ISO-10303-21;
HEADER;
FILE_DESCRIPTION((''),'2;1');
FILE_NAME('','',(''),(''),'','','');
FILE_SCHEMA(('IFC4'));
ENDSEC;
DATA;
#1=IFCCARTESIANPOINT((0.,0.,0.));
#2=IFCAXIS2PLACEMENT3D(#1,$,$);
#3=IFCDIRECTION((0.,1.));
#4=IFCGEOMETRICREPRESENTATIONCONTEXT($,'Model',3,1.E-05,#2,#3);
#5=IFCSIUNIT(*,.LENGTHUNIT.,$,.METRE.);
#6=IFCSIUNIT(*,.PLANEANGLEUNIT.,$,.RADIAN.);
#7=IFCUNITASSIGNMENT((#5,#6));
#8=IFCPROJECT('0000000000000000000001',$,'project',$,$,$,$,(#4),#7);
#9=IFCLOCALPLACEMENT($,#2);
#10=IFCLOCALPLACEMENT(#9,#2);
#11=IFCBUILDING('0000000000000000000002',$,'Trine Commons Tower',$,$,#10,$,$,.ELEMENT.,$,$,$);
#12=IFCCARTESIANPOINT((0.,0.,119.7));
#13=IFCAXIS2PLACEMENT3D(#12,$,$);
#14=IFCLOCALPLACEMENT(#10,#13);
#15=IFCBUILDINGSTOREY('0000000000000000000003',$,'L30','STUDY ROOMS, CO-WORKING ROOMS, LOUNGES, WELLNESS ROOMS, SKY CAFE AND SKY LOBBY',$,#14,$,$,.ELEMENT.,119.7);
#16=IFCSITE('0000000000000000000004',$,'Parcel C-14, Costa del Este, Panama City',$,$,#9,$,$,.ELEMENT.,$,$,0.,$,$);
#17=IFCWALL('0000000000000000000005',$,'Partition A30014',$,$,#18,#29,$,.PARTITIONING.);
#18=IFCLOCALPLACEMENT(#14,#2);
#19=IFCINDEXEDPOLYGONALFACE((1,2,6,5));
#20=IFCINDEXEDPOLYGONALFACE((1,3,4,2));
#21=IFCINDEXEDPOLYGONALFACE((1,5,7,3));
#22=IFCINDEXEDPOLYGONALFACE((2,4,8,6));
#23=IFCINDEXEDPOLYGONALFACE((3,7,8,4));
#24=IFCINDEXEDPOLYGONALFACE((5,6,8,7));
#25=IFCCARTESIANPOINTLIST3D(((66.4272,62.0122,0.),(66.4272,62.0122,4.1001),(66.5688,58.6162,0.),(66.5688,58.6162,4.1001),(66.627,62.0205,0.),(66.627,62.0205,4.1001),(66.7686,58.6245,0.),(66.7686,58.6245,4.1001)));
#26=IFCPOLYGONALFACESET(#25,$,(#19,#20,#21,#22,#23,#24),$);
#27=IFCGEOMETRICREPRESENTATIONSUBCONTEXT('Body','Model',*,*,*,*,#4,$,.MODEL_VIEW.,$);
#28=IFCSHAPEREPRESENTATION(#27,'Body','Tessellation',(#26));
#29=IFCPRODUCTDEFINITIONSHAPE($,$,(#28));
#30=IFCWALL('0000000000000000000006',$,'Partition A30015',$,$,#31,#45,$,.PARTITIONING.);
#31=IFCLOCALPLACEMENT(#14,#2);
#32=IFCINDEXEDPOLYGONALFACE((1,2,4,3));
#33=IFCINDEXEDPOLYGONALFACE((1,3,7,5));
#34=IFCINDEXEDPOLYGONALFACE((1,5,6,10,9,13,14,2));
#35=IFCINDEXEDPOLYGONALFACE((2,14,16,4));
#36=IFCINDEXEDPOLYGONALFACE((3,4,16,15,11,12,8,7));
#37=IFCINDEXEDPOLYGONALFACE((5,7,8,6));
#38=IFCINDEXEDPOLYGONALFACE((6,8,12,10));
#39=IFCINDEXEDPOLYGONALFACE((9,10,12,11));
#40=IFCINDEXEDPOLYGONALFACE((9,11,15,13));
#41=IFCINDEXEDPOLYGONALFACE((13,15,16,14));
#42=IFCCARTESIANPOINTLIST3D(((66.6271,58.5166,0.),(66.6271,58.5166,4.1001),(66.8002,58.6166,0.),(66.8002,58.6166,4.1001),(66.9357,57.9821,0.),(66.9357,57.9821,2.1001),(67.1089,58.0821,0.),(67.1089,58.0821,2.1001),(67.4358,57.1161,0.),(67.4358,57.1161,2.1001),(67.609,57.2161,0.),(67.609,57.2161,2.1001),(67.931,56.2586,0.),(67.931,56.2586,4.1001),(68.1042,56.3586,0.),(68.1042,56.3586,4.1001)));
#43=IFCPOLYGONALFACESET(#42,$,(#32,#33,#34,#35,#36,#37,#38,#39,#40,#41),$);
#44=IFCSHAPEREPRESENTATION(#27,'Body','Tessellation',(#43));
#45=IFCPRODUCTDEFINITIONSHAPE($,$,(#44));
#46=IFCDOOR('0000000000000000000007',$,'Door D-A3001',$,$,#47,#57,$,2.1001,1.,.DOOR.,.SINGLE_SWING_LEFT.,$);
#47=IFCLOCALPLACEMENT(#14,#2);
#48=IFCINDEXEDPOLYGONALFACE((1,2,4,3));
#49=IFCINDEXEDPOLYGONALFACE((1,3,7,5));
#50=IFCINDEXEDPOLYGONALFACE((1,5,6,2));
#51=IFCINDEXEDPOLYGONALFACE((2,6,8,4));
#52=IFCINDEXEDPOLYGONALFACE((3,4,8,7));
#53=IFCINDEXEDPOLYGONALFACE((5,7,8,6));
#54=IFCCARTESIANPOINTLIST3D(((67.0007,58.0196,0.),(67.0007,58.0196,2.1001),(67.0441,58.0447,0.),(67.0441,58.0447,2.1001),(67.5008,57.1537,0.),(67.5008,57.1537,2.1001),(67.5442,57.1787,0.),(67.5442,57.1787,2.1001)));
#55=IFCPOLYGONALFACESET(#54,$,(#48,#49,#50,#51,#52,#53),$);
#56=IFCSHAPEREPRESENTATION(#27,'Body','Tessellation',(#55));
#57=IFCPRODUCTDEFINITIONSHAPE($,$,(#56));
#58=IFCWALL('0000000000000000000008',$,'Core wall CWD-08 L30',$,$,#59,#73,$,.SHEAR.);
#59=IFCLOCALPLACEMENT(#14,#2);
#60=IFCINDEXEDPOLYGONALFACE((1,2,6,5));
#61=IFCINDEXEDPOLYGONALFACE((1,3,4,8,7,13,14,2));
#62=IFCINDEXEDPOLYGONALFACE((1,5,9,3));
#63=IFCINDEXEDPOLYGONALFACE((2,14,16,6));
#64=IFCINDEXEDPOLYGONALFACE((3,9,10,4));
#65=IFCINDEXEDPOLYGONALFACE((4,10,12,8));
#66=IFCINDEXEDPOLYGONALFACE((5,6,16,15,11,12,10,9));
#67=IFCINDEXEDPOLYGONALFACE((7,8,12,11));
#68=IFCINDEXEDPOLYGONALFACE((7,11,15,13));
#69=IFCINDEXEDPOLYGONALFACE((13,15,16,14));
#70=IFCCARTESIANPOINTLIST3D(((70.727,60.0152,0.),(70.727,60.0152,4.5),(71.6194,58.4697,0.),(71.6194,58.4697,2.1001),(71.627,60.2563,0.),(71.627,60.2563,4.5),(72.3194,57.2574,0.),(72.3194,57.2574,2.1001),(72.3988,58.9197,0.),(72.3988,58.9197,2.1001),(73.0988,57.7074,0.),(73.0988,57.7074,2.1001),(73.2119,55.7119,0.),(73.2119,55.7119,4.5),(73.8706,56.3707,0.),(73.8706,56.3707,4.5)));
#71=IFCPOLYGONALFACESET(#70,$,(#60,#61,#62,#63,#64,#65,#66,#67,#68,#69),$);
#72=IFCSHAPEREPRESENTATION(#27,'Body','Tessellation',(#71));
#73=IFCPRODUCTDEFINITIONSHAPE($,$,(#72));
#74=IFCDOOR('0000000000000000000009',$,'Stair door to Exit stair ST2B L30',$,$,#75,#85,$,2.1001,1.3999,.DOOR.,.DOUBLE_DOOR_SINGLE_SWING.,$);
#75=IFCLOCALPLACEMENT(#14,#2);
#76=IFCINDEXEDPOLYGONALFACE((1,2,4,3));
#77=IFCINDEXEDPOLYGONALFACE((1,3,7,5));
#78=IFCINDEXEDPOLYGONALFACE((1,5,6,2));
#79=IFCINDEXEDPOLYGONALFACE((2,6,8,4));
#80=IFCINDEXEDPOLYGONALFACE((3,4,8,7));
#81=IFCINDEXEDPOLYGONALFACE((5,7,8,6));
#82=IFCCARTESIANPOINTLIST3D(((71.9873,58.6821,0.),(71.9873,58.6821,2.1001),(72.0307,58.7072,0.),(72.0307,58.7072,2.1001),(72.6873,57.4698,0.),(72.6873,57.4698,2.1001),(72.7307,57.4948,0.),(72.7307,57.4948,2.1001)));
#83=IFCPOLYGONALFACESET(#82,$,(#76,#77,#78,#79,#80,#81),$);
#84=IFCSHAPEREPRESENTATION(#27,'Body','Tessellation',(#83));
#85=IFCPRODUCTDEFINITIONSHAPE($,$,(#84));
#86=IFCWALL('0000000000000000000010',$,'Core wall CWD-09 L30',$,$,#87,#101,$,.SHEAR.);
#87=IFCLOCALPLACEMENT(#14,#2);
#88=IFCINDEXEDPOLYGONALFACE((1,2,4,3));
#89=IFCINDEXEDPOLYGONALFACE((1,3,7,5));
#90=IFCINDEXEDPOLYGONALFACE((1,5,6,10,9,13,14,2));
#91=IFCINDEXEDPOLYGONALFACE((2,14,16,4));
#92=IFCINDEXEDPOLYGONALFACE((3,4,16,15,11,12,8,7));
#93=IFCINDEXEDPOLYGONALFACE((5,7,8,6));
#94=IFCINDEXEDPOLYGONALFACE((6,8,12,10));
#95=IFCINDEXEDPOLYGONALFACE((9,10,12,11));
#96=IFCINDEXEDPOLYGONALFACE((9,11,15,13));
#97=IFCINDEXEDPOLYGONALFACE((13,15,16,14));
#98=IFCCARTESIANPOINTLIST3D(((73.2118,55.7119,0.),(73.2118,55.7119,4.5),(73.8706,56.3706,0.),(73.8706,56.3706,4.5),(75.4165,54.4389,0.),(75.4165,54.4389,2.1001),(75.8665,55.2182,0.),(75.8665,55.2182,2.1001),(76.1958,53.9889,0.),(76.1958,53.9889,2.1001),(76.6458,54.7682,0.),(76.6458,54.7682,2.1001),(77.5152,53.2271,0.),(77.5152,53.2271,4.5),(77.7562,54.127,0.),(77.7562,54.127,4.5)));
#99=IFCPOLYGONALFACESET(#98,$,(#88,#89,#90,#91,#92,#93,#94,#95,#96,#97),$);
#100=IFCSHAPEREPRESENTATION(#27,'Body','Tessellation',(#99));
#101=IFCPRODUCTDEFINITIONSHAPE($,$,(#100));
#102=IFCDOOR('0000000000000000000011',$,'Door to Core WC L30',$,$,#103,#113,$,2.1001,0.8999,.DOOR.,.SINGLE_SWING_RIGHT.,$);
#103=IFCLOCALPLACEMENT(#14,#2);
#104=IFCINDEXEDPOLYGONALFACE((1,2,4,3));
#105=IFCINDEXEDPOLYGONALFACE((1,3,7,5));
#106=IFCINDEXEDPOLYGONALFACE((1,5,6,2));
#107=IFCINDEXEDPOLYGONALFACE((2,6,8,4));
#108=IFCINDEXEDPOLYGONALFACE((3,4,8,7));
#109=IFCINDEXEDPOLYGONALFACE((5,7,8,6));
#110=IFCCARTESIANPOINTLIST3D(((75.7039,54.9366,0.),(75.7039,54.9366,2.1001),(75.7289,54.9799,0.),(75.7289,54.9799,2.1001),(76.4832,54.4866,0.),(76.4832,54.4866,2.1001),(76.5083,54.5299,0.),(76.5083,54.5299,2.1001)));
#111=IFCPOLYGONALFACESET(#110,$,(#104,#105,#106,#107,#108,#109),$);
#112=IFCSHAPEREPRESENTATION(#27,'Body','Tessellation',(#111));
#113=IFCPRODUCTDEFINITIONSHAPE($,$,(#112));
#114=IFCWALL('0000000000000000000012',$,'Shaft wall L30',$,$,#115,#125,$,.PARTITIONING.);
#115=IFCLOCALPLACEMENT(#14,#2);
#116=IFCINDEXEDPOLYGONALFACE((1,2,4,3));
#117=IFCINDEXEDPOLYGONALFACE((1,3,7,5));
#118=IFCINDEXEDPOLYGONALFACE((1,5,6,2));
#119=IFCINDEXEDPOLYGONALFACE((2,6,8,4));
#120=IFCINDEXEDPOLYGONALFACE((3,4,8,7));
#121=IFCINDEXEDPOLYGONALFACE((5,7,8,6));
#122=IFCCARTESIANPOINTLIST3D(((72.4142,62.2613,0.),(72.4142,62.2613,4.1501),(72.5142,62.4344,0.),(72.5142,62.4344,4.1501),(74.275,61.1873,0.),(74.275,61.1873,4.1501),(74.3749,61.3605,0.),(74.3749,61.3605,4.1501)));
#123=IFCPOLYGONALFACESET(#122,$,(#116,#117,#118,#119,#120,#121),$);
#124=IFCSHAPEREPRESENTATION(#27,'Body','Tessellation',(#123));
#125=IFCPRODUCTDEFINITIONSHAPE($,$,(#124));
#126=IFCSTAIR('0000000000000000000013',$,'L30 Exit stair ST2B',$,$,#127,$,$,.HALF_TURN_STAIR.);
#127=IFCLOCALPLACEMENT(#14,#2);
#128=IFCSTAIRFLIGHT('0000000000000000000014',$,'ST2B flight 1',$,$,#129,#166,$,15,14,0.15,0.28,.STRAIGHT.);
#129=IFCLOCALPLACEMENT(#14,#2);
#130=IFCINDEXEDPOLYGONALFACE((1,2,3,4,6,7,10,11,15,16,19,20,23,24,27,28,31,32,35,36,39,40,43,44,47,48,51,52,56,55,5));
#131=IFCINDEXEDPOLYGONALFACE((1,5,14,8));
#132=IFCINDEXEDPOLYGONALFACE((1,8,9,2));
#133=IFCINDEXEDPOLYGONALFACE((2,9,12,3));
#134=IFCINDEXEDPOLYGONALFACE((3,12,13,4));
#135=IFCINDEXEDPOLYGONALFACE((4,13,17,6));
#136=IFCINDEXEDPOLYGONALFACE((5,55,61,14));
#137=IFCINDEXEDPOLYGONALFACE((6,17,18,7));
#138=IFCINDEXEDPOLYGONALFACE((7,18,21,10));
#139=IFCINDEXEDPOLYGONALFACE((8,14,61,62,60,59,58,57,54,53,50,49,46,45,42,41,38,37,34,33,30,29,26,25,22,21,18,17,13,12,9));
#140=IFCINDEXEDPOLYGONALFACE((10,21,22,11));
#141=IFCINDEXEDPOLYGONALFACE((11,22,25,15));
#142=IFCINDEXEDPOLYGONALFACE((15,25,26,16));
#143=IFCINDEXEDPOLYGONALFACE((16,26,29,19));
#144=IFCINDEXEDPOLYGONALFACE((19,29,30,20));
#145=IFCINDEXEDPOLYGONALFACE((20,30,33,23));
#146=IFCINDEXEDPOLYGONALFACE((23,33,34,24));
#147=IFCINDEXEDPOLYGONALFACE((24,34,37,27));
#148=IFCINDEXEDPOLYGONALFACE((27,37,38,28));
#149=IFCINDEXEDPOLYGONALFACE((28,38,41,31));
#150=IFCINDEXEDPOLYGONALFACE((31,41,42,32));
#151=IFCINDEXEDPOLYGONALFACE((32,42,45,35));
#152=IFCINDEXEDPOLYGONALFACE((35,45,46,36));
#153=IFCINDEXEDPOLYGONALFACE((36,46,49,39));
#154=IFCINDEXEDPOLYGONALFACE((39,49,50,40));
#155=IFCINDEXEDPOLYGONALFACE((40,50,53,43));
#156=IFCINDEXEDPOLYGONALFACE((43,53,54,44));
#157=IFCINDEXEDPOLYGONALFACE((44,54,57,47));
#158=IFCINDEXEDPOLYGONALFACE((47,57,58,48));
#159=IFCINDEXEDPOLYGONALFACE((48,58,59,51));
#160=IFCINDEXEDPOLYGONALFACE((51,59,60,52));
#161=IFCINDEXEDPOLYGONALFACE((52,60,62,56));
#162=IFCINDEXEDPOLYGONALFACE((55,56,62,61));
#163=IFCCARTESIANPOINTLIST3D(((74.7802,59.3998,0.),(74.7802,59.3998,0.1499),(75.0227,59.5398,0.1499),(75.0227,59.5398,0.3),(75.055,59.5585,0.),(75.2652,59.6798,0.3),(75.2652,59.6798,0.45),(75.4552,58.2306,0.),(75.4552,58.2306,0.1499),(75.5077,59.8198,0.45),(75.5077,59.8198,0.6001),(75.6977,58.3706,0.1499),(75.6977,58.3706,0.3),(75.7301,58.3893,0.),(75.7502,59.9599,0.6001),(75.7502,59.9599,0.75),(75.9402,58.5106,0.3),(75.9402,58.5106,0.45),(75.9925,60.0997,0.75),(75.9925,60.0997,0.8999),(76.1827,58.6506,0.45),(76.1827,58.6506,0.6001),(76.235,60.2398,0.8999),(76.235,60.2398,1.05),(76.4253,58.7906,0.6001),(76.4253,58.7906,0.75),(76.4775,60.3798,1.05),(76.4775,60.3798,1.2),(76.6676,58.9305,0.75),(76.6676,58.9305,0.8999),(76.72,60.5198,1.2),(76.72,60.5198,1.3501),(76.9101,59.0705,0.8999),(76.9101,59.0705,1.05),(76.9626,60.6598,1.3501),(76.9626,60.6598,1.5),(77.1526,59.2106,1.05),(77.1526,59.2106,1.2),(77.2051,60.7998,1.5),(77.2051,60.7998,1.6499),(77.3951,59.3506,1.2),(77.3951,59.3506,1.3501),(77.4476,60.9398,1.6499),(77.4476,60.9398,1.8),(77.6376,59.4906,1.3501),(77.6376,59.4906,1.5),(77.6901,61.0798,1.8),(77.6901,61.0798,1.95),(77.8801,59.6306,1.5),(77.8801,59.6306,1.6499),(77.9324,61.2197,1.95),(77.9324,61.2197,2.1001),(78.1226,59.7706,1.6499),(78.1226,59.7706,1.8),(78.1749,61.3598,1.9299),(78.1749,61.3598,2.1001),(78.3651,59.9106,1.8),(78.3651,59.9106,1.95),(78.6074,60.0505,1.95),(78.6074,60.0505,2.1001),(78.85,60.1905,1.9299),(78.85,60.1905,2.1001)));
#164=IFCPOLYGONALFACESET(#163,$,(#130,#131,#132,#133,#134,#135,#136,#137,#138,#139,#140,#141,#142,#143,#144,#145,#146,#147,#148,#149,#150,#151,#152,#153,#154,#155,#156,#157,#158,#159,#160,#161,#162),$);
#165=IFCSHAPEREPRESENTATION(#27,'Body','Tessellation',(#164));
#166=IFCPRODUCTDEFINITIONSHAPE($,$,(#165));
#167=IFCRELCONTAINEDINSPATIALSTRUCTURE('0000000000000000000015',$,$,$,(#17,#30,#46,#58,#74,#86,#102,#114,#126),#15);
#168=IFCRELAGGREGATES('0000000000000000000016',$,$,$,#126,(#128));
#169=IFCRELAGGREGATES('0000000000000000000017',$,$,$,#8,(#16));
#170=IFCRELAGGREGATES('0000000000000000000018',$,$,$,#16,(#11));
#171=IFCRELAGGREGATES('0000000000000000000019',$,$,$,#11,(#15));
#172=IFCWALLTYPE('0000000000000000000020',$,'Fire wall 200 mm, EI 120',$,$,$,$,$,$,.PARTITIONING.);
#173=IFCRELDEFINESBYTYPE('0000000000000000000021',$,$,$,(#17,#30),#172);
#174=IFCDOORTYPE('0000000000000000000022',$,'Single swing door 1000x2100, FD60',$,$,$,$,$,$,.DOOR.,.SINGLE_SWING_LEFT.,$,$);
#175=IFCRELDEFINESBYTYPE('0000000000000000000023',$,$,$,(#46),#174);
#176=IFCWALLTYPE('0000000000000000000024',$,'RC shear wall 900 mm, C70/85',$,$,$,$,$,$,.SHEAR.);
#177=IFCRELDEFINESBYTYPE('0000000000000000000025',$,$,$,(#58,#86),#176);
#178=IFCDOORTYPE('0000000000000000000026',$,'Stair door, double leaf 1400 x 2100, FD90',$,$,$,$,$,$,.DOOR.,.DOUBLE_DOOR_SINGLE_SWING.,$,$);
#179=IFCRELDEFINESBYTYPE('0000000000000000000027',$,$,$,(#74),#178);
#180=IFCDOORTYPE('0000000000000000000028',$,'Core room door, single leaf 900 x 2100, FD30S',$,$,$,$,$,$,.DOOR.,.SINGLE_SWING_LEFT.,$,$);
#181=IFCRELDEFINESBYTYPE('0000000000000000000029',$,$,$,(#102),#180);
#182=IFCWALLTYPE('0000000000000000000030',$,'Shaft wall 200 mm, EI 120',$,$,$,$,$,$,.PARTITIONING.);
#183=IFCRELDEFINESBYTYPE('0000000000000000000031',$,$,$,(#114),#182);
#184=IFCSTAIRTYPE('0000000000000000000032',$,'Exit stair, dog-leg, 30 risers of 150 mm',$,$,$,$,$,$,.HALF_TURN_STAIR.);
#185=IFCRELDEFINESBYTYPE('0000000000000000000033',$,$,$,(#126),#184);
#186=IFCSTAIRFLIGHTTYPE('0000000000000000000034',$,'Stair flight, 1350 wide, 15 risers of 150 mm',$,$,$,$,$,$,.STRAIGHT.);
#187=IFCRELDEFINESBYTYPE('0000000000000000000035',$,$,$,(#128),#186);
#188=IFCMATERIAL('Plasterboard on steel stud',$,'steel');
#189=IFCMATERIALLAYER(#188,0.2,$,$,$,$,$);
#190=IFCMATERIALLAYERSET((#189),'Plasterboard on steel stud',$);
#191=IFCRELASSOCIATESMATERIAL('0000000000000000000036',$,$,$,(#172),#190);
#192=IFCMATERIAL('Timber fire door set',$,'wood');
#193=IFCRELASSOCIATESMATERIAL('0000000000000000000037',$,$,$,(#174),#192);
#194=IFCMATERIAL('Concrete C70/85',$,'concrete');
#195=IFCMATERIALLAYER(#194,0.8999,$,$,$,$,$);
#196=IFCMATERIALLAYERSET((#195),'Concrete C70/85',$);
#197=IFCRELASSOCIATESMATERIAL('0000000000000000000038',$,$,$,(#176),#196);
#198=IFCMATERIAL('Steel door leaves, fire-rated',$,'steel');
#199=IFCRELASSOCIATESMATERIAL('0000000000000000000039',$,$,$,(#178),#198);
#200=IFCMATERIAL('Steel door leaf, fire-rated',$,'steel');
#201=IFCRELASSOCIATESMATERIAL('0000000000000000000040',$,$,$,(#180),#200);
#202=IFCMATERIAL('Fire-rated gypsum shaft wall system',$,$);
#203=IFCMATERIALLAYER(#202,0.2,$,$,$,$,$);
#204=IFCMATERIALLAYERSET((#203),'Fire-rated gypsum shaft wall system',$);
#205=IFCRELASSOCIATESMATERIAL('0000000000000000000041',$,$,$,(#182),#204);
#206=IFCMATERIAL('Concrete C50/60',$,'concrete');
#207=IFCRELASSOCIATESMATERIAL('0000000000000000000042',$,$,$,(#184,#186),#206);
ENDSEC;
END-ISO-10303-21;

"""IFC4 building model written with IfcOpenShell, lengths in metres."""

from ifc_helpers import new_model, si_unit, direction, frame, frame_2d, origin, place, context, subcontext, project, spatial, polyline, rectangle, outline, extrude, material, layer, layer_set, type_object, element, fill, aggregate, save


model = new_model("IFC4")

# Units and contexts
model_context = context("Model", 3, precision=1e-05, world=origin(), true_north=direction((0.0, 1.0)))
body_context = subcontext(model_context, "Body", "Model", "MODEL_VIEW")
ifc_project = project(units=[si_unit("LENGTHUNIT", "METRE"), si_unit("PLANEANGLEUNIT", "RADIAN")], contexts=[model_context])

# Site, building, storey
site_placement = place(None, origin())
site = spatial("IfcSite", under=ifc_project, at=site_placement, Name="Parcel C-14, Costa del Este, Panama City", CompositionType="ELEMENT", RefElevation=0.0)
building_placement = place(site_placement, origin())
building = spatial("IfcBuilding", under=site, at=building_placement, Name="Trine Commons Tower", CompositionType="ELEMENT")
storey_placement = place(building_placement, frame((0.0, 0.0, 119.7)))
storey = spatial("IfcBuildingStorey", under=building, at=storey_placement, Name="L30", Description="STUDY ROOMS, CO-WORKING ROOMS, LOUNGES, WELLNESS ROOMS, SKY CAFE AND SKY LOBBY", CompositionType="ELEMENT", Elevation=119.7)

# Shared definitions
ifc_material_1 = material(Name="Plasterboard on steel stud", Category="steel")
ifc_material_2 = material(Name="Timber fire door set", Category="wood")

# Wall
ifc_layer_1 = layer(ifc_material_1, 0.2)
ifc_layer_set_1 = layer_set([ifc_layer_1], Name="Plasterboard on steel stud")
wall_type_1 = type_object("IfcWallType", Name="Fire wall 200 mm, EI 120", PredefinedType="PARTITIONING", material=ifc_layer_set_1)
wall_1_placement = place(storey_placement, frame((66.6687, 58.6204, 0.0), z_axis=(0.0, 0.0, 1.0), x_axis=(-0.04166, 0.999132, 0.0)))
element("IfcWall", 1, at=wall_1_placement, inside=storey, type_object=wall_type_1, Name="Partition A30014", PredefinedType="PARTITIONING", context=body_context, shape_type="SweptSolid", body=[
    extrude(rectangle(XDim=3.3989, YDim=0.2, at=frame_2d((1.6995, 0.0))), origin(), (0.0, 0.0, 1.0), 4.1001),
])

# Walls, openings, doors
wall_2_placement = place(storey_placement, frame((68.0176, 56.3086, 0.0), z_axis=(0.0, 0.0, 1.0), x_axis=(-0.500076, 0.865981, 0.0)))
wall_2 = element("IfcWall", 2, at=wall_2_placement, inside=storey, type_object=wall_type_1, Name="Partition A30015", PredefinedType="PARTITIONING", context=body_context, shape_type="SweptSolid", body=[
    extrude(rectangle(XDim=2.6074, YDim=0.2, at=frame_2d((1.3037, 0.0))), origin(), (0.0, 0.0, 1.0), 4.1001),
])
opening_1_placement = place(wall_2_placement, frame((0.9902, 0.0, 0.0)))
opening_1 = element("IfcOpeningElement", 3, at=opening_1_placement, cuts=wall_2, PredefinedType="OPENING", context=body_context, shape_type="SweptSolid", body=[
    extrude(rectangle(XDim=1.0, YDim=2.1001, at=frame_2d((0.5, 1.05))), frame((0.0, 0.1099, 0.0), z_axis=(0.0, -1.0, 0.0), x_axis=(1.0, 0.0, 0.0)), (0.0, 0.0, 1.0), 0.22),
])
door_type_1 = type_object("IfcDoorType", Name="Single swing door 1000x2100, FD60", OperationType="SINGLE_SWING_LEFT", PredefinedType="DOOR", material=ifc_material_2)
door_1_placement = place(opening_1_placement, origin())
door_1 = element("IfcDoor", 4, at=door_1_placement, inside=storey, type_object=door_type_1, Name="Door D-A3001", OperationType="SINGLE_SWING_LEFT", OverallHeight=2.1001, OverallWidth=1.0, PredefinedType="DOOR", context=body_context, shape_type="SweptSolid", body=[
    extrude(rectangle(XDim=1.0, YDim=2.1001, at=frame_2d((0.5, 1.05))), frame((0.0, 0.0249, 0.0), z_axis=(0.0, -1.0, 0.0), x_axis=(1.0, 0.0, 0.0)), (0.0, 0.0, 1.0), 0.05),
])
fill(opening_1, door_1)
ifc_material_3 = material(Name="Concrete C70/85", Category="concrete")
ifc_layer_2 = layer(ifc_material_3, 0.8999)
ifc_layer_set_2 = layer_set([ifc_layer_2], Name="Concrete C70/85")
wall_type_2 = type_object("IfcWallType", Name="RC shear wall 900 mm, C70/85", PredefinedType="SHEAR", material=ifc_layer_set_2)
wall_3_placement = place(storey_placement, frame((71.1167, 60.2402, 0.0), z_axis=(0.0, 0.0, 1.0), x_axis=(0.500039, -0.866003, 0.0)))
wall_3 = element("IfcWall", 5, at=wall_3_placement, inside=storey, type_object=wall_type_2, Name="Core wall CWD-08 L30", PredefinedType="SHEAR", context=body_context, shape_type="SweptSolid", body=[
    extrude(outline(polyline([(0.0, -0.45), (4.9692, -0.45), (4.728, 0.45), (0.2412, 0.45), (0.0, -0.45)])), origin(), (0.0, 0.0, 1.0), 4.5),
])
opening_2_placement = place(wall_3_placement, frame((1.7847, 0.0, 0.0)))
opening_2 = element("IfcOpeningElement", 6, at=opening_2_placement, cuts=wall_3, PredefinedType="OPENING", context=body_context, shape_type="SweptSolid", body=[
    extrude(rectangle(XDim=1.3999, YDim=2.1001, at=frame_2d((0.7, 1.05))), frame((0.0, 0.46, 0.0), z_axis=(0.0, -1.0, 0.0), x_axis=(1.0, 0.0, 0.0)), (0.0, 0.0, 1.0), 0.9199),
])
ifc_material_4 = material(Name="Steel door leaves, fire-rated", Category="steel")
door_type_2 = type_object("IfcDoorType", Name="Stair door, double leaf 1400 x 2100, FD90", OperationType="DOUBLE_DOOR_SINGLE_SWING", PredefinedType="DOOR", material=ifc_material_4)
door_2_placement = place(opening_2_placement, origin())
door_2 = element("IfcDoor", 7, at=door_2_placement, inside=storey, type_object=door_type_2, Name="Stair door to Exit stair ST2B L30", OperationType="DOUBLE_DOOR_SINGLE_SWING", OverallHeight=2.1001, OverallWidth=1.3999, PredefinedType="DOOR", context=body_context, shape_type="SweptSolid", body=[
    extrude(rectangle(XDim=1.3999, YDim=2.1001, at=frame_2d((0.7, 1.05))), frame((0.0, 0.0249, 0.0), z_axis=(0.0, -1.0, 0.0), x_axis=(1.0, 0.0, 0.0)), (0.0, 0.0, 1.0), 0.05),
])
fill(opening_2, door_2)
wall_4_placement = place(storey_placement, frame((73.4368, 56.1016, 0.0), z_axis=(0.0, 0.0, 1.0), x_axis=(0.866003, -0.500039, 0.0)))
wall_4 = element("IfcWall", 8, at=wall_4_placement, inside=storey, type_object=wall_type_2, Name="Core wall CWD-09 L30", PredefinedType="SHEAR", context=body_context, shape_type="SweptSolid", body=[
    extrude(outline(polyline([(0.0, -0.45), (4.9692, -0.45), (4.728, 0.45), (0.2412, 0.45), (0.0, -0.45)])), origin(), (0.0, 0.0, 1.0), 4.5),
])
opening_3_placement = place(wall_4_placement, frame((2.5459, 0.0, 0.0)))
opening_3 = element("IfcOpeningElement", 9, at=opening_3_placement, cuts=wall_4, PredefinedType="OPENING", context=body_context, shape_type="SweptSolid", body=[
    extrude(rectangle(XDim=0.8999, YDim=2.1001, at=frame_2d((0.45, 1.05))), frame((0.0, 0.46, 0.0), z_axis=(0.0, -1.0, 0.0), x_axis=(1.0, 0.0, 0.0)), (0.0, 0.0, 1.0), 0.9199),
])
ifc_material_5 = material(Name="Steel door leaf, fire-rated", Category="steel")
door_type_3 = type_object("IfcDoorType", Name="Core room door, single leaf 900 x 2100, FD30S", OperationType="SINGLE_SWING_LEFT", PredefinedType="DOOR", material=ifc_material_5)
door_3_placement = place(opening_3_placement, origin())
door_3 = element("IfcDoor", 10, at=door_3_placement, inside=storey, type_object=door_type_3, Name="Door to Core WC L30", OperationType="SINGLE_SWING_RIGHT", OverallHeight=2.1001, OverallWidth=0.8999, PredefinedType="DOOR", context=body_context, shape_type="SweptSolid", body=[
    extrude(rectangle(XDim=0.8999, YDim=2.1001, at=frame_2d((0.45, 1.05))), frame((0.0, 0.1748, 0.0), z_axis=(0.0, -1.0, 0.0), x_axis=(1.0, 0.0, 0.0)), (0.0, 0.0, 1.0), 0.05),
])
fill(opening_3, door_3)

# Wall
ifc_material_6 = material(Name="Fire-rated gypsum shaft wall system")
ifc_layer_3 = layer(ifc_material_6, 0.2)
ifc_layer_set_3 = layer_set([ifc_layer_3], Name="Fire-rated gypsum shaft wall system")
wall_type_3 = type_object("IfcWallType", Name="Shaft wall 200 mm, EI 120", PredefinedType="PARTITIONING", material=ifc_layer_set_3)
wall_5_placement = place(storey_placement, frame((74.325, 61.2739, 0.0), z_axis=(0.0, 0.0, 1.0), x_axis=(-0.866102, 0.499867, 0.0)))
element("IfcWall", 11, at=wall_5_placement, inside=storey, type_object=wall_type_3, Name="Shaft wall L30", PredefinedType="PARTITIONING", context=body_context, shape_type="SweptSolid", body=[
    extrude(rectangle(XDim=2.1484, YDim=0.2, at=frame_2d((1.0742, 0.0))), origin(), (0.0, 0.0, 1.0), 4.1501),
])

# Stair, stair flight
ifc_material_7 = material(Name="Concrete C50/60", Category="concrete")
stair_type = type_object("IfcStairType", Name="Exit stair, dog-leg, 30 risers of 150 mm", PredefinedType="HALF_TURN_STAIR", material=ifc_material_7)
stair_placement = place(storey_placement, origin())
stair = element("IfcStair", 12, at=stair_placement, inside=storey, type_object=stair_type, Name="L30 Exit stair ST2B", PredefinedType="HALF_TURN_STAIR")
stair_flight_type = type_object("IfcStairFlightType", Name="Stair flight, 1350 wide, 15 risers of 150 mm", PredefinedType="STRAIGHT", material=ifc_material_7)
stair_flight_placement = place(storey_placement, frame((75.1177, 58.8152, 0.0), z_axis=(0.0, 0.0, 1.0), x_axis=(0.866025, 0.5, 0.0)))
stair_flight = element("IfcStairFlight", 13, at=stair_flight_placement, type_object=stair_flight_type, Name="ST2B flight 1", NumberOfRisers=15, NumberOfTreads=14, PredefinedType="STRAIGHT", RiserHeight=0.15, TreadLength=0.28, context=body_context, shape_type="SweptSolid", body=[
    extrude(outline(polyline([(0.0, 0.0), (0.0, 0.1499), (0.28, 0.1499), (0.28, 0.3), (0.5601, 0.3), (0.5601, 0.45), (0.8401, 0.45), (0.8401, 0.6001), (1.1201, 0.6001), (1.1201, 0.75), (1.3999, 0.75), (1.3999, 0.8999), (1.6799, 0.8999), (1.6799, 1.05), (1.96, 1.05), (1.96, 1.2), (2.24, 1.2), (2.24, 1.3501), (2.52, 1.3501), (2.52, 1.5), (2.8, 1.5), (2.8, 1.6499), (3.0801, 1.6499), (3.0801, 1.8), (3.3601, 1.8), (3.3601, 1.95), (3.6399, 1.95), (3.6399, 2.1001), (3.9199, 2.1001), (3.9199, 2.25), (3.9199, 1.9299), (0.3174, 0.0), (0.0, 0.0)])), frame((0.0, 0.675, 0.0), z_axis=(0.0, -1.0, 0.0), x_axis=(1.0, 0.0, 0.0)), (0.0, 0.0, 1.0), 1.3501),
])
aggregate(stair, [stair_flight])

save(model, "model.ifc")
